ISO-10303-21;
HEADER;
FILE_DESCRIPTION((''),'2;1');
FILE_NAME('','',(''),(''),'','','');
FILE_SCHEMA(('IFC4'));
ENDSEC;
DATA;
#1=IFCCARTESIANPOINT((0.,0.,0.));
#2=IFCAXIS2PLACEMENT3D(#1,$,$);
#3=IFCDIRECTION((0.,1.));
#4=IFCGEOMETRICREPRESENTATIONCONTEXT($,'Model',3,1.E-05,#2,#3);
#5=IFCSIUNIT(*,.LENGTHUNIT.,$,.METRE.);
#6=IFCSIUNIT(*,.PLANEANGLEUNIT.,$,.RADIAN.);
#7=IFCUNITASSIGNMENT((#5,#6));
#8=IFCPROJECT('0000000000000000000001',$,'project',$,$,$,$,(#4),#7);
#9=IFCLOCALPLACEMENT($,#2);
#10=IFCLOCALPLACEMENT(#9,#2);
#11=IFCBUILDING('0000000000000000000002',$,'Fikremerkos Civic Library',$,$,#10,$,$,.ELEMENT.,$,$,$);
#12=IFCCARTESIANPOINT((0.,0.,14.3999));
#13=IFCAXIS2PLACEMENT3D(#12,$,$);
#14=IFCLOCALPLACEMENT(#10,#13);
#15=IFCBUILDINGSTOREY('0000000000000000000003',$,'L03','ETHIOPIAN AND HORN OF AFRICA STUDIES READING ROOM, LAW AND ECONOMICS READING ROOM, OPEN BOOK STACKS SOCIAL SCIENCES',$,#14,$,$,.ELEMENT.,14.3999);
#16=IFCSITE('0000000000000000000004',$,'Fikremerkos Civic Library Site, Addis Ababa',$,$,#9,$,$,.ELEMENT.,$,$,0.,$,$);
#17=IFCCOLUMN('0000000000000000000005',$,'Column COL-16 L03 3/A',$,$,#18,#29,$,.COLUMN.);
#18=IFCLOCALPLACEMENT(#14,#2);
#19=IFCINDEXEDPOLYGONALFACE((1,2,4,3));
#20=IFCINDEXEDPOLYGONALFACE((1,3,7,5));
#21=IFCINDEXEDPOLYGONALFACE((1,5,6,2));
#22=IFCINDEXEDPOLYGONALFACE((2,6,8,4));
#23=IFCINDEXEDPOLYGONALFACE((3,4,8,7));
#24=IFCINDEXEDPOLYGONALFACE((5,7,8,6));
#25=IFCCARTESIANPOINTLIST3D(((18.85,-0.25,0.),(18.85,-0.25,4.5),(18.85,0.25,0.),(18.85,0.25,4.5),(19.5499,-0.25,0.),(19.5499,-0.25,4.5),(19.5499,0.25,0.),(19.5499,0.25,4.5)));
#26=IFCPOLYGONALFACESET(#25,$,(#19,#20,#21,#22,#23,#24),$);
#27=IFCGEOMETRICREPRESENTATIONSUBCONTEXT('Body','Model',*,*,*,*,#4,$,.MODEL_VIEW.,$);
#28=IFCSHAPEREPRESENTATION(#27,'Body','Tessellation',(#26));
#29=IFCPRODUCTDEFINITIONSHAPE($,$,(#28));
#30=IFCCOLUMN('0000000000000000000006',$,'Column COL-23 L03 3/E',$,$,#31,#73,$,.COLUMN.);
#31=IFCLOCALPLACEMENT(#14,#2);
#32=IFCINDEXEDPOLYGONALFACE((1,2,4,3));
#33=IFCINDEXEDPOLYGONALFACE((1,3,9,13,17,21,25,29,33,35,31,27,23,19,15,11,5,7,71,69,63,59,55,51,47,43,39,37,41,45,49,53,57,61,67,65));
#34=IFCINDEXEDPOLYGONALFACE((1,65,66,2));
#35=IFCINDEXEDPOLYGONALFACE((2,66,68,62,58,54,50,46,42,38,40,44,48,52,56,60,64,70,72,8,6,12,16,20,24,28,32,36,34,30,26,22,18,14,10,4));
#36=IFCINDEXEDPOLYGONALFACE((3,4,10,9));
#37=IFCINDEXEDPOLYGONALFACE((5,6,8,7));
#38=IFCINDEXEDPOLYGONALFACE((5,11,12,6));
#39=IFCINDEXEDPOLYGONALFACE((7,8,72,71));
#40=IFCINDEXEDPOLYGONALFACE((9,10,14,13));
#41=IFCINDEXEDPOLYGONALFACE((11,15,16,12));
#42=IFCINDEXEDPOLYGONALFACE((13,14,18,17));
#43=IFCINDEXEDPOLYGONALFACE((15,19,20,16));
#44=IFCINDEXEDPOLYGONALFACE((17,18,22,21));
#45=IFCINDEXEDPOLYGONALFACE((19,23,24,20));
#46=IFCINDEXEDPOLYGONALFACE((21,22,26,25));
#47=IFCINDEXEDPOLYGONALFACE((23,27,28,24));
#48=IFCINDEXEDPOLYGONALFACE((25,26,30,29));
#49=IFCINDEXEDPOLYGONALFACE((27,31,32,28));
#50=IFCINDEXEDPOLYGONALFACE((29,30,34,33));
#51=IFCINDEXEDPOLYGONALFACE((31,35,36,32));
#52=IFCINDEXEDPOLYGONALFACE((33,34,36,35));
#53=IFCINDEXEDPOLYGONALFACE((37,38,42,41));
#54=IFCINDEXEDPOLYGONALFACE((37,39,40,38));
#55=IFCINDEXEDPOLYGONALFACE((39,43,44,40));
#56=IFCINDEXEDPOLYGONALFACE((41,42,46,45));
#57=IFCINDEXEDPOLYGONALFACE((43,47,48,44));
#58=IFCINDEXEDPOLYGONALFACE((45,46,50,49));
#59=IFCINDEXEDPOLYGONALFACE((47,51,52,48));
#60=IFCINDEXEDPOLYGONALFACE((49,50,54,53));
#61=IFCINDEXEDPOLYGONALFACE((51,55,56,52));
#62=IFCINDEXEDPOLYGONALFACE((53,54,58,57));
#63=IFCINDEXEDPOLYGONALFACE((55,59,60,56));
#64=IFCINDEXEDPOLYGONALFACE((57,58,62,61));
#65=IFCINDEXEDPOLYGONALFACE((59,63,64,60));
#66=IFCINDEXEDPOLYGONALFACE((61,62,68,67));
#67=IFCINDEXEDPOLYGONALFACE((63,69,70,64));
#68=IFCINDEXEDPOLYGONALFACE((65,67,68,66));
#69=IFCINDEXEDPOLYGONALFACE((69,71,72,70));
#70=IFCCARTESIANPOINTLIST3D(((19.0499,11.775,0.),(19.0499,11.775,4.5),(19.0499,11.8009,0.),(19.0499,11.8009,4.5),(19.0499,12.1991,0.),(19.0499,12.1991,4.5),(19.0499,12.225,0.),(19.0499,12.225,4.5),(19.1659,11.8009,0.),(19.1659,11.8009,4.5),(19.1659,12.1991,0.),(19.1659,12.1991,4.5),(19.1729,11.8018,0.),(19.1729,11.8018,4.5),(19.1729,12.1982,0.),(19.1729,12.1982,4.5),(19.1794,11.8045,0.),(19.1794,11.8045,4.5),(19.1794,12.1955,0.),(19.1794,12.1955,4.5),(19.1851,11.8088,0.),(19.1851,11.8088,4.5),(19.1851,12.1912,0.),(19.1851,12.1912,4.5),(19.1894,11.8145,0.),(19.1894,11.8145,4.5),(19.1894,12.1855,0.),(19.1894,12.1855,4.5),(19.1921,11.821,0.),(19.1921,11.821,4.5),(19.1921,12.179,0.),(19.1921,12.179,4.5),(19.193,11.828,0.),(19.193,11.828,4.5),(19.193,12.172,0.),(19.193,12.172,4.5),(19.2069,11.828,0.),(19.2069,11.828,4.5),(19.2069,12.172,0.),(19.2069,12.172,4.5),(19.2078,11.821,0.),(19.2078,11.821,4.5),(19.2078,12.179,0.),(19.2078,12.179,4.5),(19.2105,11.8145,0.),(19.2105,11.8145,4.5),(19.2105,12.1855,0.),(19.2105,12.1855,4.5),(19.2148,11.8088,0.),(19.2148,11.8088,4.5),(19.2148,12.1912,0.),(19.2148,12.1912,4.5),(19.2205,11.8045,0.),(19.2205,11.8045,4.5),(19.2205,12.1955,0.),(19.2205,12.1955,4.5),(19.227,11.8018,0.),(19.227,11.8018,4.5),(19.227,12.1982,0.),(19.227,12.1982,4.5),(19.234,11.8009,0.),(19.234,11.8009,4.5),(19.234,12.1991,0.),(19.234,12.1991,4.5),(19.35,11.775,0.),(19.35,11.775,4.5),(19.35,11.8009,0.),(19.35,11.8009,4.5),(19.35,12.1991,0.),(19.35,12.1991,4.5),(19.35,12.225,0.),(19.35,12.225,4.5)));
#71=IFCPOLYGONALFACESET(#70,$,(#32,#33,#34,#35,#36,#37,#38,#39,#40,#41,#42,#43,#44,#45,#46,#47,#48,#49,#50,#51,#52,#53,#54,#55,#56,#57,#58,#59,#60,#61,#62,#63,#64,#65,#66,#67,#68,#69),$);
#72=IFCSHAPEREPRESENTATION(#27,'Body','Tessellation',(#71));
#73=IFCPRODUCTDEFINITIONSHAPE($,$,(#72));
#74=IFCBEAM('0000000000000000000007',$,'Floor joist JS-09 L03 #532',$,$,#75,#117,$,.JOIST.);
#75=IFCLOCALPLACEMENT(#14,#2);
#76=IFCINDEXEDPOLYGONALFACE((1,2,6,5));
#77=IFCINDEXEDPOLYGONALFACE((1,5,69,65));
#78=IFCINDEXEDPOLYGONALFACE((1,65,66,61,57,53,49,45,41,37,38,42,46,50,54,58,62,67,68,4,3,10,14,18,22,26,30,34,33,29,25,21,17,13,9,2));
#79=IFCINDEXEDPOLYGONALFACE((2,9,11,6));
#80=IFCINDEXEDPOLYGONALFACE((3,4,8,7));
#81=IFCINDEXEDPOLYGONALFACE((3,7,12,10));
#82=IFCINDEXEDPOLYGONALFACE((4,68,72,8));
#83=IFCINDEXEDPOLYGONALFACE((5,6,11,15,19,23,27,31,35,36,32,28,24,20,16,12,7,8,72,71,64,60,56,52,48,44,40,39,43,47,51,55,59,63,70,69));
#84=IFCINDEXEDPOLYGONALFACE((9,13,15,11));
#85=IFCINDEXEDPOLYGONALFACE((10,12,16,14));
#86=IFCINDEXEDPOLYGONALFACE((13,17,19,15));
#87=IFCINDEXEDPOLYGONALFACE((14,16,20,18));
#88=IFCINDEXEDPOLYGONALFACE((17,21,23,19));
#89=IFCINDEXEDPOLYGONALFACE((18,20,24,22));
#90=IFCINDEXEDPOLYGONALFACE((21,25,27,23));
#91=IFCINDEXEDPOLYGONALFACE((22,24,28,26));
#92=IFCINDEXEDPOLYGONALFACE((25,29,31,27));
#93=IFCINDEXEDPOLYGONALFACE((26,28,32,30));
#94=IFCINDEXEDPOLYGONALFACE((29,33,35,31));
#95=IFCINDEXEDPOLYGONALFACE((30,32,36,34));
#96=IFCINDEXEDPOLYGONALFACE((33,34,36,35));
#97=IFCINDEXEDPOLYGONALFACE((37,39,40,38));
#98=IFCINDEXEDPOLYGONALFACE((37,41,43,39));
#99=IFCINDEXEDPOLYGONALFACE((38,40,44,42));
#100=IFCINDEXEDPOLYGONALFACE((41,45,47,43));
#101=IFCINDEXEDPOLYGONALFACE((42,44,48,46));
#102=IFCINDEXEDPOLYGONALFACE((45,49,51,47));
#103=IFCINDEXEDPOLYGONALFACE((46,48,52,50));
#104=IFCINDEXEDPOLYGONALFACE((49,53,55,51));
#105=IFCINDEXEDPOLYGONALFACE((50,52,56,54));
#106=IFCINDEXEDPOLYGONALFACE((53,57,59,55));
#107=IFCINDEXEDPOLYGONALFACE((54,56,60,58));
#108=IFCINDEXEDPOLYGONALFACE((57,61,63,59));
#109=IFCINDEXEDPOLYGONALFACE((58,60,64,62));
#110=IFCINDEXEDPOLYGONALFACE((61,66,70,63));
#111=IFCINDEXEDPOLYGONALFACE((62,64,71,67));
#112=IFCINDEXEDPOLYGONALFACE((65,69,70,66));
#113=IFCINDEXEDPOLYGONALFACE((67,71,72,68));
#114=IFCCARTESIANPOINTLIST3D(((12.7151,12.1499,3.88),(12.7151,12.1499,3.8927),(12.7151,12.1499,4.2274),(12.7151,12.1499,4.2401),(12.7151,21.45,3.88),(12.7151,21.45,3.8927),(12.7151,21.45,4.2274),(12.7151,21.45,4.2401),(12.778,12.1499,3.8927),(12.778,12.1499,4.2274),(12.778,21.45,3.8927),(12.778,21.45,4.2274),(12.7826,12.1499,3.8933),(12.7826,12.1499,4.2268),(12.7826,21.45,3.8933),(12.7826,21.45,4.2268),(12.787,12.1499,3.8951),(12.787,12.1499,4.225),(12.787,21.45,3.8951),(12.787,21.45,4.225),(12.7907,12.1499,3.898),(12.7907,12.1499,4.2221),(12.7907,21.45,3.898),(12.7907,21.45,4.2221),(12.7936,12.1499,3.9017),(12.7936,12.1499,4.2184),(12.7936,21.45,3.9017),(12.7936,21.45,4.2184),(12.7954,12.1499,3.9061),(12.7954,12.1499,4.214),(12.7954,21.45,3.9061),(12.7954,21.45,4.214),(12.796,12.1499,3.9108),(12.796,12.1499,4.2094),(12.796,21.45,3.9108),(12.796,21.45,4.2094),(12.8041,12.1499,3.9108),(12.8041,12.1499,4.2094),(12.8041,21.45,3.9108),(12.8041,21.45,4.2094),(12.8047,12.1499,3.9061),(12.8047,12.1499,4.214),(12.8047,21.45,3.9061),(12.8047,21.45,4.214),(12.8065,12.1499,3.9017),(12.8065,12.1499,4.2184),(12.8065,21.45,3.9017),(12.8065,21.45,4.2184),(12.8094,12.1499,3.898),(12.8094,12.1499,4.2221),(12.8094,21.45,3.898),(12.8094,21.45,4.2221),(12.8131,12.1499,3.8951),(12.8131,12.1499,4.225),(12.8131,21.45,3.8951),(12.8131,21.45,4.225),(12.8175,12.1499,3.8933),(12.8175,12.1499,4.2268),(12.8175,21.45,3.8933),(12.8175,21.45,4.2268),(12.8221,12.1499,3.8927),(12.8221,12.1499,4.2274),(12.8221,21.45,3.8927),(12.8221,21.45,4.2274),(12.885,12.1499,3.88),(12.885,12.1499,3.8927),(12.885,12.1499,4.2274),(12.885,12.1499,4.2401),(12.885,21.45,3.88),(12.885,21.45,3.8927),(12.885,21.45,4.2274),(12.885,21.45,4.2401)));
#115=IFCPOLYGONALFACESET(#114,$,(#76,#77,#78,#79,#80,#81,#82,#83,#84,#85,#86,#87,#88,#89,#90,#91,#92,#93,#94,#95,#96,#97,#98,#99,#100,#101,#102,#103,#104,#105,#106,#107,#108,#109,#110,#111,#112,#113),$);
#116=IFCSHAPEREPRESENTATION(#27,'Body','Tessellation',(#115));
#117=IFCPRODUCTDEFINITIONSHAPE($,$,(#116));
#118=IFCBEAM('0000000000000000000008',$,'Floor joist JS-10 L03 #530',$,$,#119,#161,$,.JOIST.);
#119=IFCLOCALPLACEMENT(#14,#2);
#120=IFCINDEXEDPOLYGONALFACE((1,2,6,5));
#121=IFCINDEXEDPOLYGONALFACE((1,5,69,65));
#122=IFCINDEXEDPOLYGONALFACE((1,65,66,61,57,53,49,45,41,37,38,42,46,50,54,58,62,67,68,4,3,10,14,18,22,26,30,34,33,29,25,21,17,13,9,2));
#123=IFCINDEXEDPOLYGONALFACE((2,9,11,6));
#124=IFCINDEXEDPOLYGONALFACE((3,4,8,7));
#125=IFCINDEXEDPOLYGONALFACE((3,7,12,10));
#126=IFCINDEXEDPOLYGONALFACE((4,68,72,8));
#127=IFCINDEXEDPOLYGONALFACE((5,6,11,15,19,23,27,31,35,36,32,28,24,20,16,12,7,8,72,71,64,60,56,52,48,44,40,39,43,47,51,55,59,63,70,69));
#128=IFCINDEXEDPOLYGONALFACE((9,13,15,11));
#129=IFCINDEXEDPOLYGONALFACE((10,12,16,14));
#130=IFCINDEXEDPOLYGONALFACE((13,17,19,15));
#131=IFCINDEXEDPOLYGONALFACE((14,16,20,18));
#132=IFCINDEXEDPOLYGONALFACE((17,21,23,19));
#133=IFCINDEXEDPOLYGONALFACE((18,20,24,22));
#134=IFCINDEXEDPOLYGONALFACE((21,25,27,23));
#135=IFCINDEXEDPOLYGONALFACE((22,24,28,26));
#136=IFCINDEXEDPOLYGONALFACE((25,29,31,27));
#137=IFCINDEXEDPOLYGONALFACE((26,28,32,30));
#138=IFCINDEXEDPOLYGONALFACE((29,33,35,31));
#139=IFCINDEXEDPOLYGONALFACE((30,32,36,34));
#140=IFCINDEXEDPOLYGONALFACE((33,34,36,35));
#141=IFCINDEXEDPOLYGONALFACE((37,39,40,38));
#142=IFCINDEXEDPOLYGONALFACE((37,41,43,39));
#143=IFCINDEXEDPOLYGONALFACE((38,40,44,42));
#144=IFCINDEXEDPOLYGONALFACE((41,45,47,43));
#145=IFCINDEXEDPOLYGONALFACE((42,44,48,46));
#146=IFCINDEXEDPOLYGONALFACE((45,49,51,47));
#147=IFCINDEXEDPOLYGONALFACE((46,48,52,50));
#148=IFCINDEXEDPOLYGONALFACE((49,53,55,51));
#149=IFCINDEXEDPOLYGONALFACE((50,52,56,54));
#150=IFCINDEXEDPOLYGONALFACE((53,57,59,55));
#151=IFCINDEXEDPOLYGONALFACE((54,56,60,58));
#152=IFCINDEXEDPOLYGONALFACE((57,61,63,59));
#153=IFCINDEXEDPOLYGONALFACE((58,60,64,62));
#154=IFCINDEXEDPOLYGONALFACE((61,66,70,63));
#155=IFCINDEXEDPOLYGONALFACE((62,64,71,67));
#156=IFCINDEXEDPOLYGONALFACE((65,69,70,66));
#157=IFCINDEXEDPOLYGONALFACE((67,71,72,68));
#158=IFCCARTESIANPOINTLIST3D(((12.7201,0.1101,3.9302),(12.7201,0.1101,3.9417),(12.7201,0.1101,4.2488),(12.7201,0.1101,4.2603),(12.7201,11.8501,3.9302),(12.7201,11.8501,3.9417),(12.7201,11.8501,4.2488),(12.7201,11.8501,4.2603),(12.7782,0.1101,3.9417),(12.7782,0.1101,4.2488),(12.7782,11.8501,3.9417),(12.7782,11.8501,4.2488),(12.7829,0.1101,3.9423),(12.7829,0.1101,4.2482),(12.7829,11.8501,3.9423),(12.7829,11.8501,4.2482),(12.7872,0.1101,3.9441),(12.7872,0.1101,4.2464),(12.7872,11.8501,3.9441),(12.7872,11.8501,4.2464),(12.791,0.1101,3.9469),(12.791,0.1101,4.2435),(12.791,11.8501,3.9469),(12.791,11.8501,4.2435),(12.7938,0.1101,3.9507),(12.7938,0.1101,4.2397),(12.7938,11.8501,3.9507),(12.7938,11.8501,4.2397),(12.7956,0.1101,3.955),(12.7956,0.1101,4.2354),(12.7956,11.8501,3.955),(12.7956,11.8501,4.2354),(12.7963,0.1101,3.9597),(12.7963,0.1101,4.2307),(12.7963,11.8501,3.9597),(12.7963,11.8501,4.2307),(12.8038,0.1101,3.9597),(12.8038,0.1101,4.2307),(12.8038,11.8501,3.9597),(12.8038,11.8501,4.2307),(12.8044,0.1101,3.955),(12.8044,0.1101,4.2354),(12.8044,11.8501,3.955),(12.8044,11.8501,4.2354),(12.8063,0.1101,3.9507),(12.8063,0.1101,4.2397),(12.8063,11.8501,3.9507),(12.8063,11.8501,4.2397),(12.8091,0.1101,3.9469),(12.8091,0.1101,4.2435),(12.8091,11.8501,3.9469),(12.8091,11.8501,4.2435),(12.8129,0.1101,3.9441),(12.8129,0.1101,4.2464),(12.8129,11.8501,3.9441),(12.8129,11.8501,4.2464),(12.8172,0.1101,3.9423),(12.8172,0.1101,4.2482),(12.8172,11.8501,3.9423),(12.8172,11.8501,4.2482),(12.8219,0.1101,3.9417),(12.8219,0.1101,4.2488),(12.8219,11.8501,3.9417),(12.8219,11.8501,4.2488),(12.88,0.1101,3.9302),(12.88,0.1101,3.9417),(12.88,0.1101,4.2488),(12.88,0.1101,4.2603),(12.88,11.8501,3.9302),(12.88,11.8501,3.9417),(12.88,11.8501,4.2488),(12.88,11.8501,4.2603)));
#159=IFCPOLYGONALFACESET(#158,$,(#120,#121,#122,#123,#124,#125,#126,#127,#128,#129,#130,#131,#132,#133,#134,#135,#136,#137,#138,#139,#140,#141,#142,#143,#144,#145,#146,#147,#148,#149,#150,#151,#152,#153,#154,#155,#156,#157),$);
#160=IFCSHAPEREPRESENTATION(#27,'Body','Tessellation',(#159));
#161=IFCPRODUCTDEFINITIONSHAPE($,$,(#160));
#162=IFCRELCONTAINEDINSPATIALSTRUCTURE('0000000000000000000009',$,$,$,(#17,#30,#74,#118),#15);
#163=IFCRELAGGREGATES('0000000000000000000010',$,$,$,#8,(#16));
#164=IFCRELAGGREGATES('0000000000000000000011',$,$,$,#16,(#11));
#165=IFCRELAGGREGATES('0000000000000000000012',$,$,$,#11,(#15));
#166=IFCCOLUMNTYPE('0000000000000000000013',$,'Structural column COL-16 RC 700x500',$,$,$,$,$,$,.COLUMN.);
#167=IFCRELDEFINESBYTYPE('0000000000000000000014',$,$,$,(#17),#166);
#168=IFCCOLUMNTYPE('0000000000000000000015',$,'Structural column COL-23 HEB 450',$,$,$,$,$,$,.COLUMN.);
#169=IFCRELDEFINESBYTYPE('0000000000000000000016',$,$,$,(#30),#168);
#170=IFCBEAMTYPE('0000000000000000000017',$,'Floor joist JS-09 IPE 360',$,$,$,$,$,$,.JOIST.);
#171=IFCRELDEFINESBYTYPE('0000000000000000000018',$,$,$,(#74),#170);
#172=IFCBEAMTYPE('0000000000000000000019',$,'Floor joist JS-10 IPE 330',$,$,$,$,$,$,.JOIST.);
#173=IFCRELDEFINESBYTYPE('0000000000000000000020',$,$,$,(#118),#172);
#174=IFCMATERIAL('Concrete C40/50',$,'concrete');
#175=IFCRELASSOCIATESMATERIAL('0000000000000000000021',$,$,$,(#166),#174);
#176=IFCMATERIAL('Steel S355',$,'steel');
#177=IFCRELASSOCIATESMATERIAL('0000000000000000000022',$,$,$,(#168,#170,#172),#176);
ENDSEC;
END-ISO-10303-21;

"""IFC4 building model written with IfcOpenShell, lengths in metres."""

from ifc_helpers import new_model, si_unit, direction, frame, origin, origin_2d, place, context, subcontext, project, spatial, rectangle, i_section, extrude, material, material_profile, profile_set, type_object, element, save


model = new_model("IFC4")

# Units and contexts
model_context = context("Model", 3, precision=1e-05, world=origin(), true_north=direction((0.0, 1.0)))
body_context = subcontext(model_context, "Body", "Model", "MODEL_VIEW")
ifc_project = project(units=[si_unit("LENGTHUNIT", "METRE"), si_unit("PLANEANGLEUNIT", "RADIAN")], contexts=[model_context])

# Site, building, storey
site_placement = place(None, origin())
site = spatial("IfcSite", under=ifc_project, at=site_placement, Name="Fikremerkos Civic Library Site, Addis Ababa", CompositionType="ELEMENT", RefElevation=0.0)
building_placement = place(site_placement, origin())
building = spatial("IfcBuilding", under=site, at=building_placement, Name="Fikremerkos Civic Library", CompositionType="ELEMENT")
storey_placement = place(building_placement, frame((0.0, 0.0, 14.3999)))
storey = spatial("IfcBuildingStorey", under=building, at=storey_placement, Name="L03", Description="ETHIOPIAN AND HORN OF AFRICA STUDIES READING ROOM, LAW AND ECONOMICS READING ROOM, OPEN BOOK STACKS SOCIAL SCIENCES", CompositionType="ELEMENT", Elevation=14.3999)

# Columns
ifc_material_1 = material(Name="Concrete C40/50", Category="concrete")
ifc_material_profile_1 = material_profile(ifc_material_1, rectangle(XDim=0.7, YDim=0.5, at=origin_2d()), Name="RC 700x500")
ifc_profile_set_1 = profile_set([ifc_material_profile_1], Name="Concrete C40/50")
column_type_1 = type_object("IfcColumnType", Name="Structural column COL-16 RC 700x500", PredefinedType="COLUMN", material=ifc_profile_set_1)
column_1_placement = place(storey_placement, frame((19.2, 0.0, 0.0), z_axis=(0.0, 0.0, 1.0), x_axis=(1.0, 0.0, 0.0)))
element("IfcColumn", 1, at=column_1_placement, inside=storey, type_object=column_type_1, Name="Column COL-16 L03 3/A", PredefinedType="COLUMN", context=body_context, shape_type="SweptSolid", body=[
    extrude(rectangle(XDim=0.7, YDim=0.5, at=origin_2d()), origin(), (0.0, 0.0, 1.0), 4.5),
])
ifc_material_2 = material(Name="Steel S355", Category="steel")
ifc_material_profile_2 = material_profile(ifc_material_2, i_section(OverallWidth=0.3, OverallDepth=0.45, WebThickness=0.0139, FlangeThickness=0.0259, FilletRadius=0.0271, at=origin_2d()), Name="HEB 450")
ifc_profile_set_2 = profile_set([ifc_material_profile_2], Name="Steel S355")
column_type_2 = type_object("IfcColumnType", Name="Structural column COL-23 HEB 450", PredefinedType="COLUMN", material=ifc_profile_set_2)
column_2_placement = place(storey_placement, frame((19.2, 12.0, 0.0), z_axis=(0.0, 0.0, 1.0), x_axis=(1.0, 0.0, 0.0)))
element("IfcColumn", 2, at=column_2_placement, inside=storey, type_object=column_type_2, Name="Column COL-23 L03 3/E", PredefinedType="COLUMN", context=body_context, shape_type="SweptSolid", body=[
    extrude(i_section(OverallWidth=0.3, OverallDepth=0.45, WebThickness=0.0139, FlangeThickness=0.0259, FilletRadius=0.0271, at=origin_2d()), origin(), (0.0, 0.0, 1.0), 4.5),
])

# Beams
ifc_material_profile_3 = material_profile(ifc_material_2, i_section(OverallWidth=0.1699, OverallDepth=0.3601, WebThickness=0.0081, FlangeThickness=0.0127, FilletRadius=0.0181, at=origin_2d()), Name="IPE 360")
ifc_profile_set_3 = profile_set([ifc_material_profile_3], Name="Steel S355")
beam_type_1 = type_object("IfcBeamType", Name="Floor joist JS-09 IPE 360", PredefinedType="JOIST", material=ifc_profile_set_3)
beam_1_placement = place(storey_placement, frame((12.8, 12.1499, 4.0601), z_axis=(0.0, 1.0, 0.0), x_axis=(-1.0, 0.0, 0.0)))
element("IfcBeam", 3, at=beam_1_placement, inside=storey, type_object=beam_type_1, Name="Floor joist JS-09 L03 #532", PredefinedType="JOIST", context=body_context, shape_type="SweptSolid", body=[
    extrude(i_section(OverallWidth=0.1699, OverallDepth=0.3601, WebThickness=0.0081, FlangeThickness=0.0127, FilletRadius=0.0181, at=origin_2d()), origin(), (0.0, 0.0, 1.0), 9.3),
])
ifc_material_profile_4 = material_profile(ifc_material_2, i_section(OverallWidth=0.1599, OverallDepth=0.3301, WebThickness=0.0076, FlangeThickness=0.0115, FilletRadius=0.0181, at=origin_2d()), Name="IPE 330")
ifc_profile_set_4 = profile_set([ifc_material_profile_4], Name="Steel S355")
beam_type_2 = type_object("IfcBeamType", Name="Floor joist JS-10 IPE 330", PredefinedType="JOIST", material=ifc_profile_set_4)
beam_2_placement = place(storey_placement, frame((12.8, 0.1101, 4.0952), z_axis=(0.0, 1.0, 0.0), x_axis=(-1.0, 0.0, 0.0)))
element("IfcBeam", 4, at=beam_2_placement, inside=storey, type_object=beam_type_2, Name="Floor joist JS-10 L03 #530", PredefinedType="JOIST", context=body_context, shape_type="SweptSolid", body=[
    extrude(i_section(OverallWidth=0.1599, OverallDepth=0.3301, WebThickness=0.0076, FlangeThickness=0.0115, FilletRadius=0.0181, at=origin_2d()), origin(), (0.0, 0.0, 1.0), 11.74),
])

save(model, "model.ifc")
